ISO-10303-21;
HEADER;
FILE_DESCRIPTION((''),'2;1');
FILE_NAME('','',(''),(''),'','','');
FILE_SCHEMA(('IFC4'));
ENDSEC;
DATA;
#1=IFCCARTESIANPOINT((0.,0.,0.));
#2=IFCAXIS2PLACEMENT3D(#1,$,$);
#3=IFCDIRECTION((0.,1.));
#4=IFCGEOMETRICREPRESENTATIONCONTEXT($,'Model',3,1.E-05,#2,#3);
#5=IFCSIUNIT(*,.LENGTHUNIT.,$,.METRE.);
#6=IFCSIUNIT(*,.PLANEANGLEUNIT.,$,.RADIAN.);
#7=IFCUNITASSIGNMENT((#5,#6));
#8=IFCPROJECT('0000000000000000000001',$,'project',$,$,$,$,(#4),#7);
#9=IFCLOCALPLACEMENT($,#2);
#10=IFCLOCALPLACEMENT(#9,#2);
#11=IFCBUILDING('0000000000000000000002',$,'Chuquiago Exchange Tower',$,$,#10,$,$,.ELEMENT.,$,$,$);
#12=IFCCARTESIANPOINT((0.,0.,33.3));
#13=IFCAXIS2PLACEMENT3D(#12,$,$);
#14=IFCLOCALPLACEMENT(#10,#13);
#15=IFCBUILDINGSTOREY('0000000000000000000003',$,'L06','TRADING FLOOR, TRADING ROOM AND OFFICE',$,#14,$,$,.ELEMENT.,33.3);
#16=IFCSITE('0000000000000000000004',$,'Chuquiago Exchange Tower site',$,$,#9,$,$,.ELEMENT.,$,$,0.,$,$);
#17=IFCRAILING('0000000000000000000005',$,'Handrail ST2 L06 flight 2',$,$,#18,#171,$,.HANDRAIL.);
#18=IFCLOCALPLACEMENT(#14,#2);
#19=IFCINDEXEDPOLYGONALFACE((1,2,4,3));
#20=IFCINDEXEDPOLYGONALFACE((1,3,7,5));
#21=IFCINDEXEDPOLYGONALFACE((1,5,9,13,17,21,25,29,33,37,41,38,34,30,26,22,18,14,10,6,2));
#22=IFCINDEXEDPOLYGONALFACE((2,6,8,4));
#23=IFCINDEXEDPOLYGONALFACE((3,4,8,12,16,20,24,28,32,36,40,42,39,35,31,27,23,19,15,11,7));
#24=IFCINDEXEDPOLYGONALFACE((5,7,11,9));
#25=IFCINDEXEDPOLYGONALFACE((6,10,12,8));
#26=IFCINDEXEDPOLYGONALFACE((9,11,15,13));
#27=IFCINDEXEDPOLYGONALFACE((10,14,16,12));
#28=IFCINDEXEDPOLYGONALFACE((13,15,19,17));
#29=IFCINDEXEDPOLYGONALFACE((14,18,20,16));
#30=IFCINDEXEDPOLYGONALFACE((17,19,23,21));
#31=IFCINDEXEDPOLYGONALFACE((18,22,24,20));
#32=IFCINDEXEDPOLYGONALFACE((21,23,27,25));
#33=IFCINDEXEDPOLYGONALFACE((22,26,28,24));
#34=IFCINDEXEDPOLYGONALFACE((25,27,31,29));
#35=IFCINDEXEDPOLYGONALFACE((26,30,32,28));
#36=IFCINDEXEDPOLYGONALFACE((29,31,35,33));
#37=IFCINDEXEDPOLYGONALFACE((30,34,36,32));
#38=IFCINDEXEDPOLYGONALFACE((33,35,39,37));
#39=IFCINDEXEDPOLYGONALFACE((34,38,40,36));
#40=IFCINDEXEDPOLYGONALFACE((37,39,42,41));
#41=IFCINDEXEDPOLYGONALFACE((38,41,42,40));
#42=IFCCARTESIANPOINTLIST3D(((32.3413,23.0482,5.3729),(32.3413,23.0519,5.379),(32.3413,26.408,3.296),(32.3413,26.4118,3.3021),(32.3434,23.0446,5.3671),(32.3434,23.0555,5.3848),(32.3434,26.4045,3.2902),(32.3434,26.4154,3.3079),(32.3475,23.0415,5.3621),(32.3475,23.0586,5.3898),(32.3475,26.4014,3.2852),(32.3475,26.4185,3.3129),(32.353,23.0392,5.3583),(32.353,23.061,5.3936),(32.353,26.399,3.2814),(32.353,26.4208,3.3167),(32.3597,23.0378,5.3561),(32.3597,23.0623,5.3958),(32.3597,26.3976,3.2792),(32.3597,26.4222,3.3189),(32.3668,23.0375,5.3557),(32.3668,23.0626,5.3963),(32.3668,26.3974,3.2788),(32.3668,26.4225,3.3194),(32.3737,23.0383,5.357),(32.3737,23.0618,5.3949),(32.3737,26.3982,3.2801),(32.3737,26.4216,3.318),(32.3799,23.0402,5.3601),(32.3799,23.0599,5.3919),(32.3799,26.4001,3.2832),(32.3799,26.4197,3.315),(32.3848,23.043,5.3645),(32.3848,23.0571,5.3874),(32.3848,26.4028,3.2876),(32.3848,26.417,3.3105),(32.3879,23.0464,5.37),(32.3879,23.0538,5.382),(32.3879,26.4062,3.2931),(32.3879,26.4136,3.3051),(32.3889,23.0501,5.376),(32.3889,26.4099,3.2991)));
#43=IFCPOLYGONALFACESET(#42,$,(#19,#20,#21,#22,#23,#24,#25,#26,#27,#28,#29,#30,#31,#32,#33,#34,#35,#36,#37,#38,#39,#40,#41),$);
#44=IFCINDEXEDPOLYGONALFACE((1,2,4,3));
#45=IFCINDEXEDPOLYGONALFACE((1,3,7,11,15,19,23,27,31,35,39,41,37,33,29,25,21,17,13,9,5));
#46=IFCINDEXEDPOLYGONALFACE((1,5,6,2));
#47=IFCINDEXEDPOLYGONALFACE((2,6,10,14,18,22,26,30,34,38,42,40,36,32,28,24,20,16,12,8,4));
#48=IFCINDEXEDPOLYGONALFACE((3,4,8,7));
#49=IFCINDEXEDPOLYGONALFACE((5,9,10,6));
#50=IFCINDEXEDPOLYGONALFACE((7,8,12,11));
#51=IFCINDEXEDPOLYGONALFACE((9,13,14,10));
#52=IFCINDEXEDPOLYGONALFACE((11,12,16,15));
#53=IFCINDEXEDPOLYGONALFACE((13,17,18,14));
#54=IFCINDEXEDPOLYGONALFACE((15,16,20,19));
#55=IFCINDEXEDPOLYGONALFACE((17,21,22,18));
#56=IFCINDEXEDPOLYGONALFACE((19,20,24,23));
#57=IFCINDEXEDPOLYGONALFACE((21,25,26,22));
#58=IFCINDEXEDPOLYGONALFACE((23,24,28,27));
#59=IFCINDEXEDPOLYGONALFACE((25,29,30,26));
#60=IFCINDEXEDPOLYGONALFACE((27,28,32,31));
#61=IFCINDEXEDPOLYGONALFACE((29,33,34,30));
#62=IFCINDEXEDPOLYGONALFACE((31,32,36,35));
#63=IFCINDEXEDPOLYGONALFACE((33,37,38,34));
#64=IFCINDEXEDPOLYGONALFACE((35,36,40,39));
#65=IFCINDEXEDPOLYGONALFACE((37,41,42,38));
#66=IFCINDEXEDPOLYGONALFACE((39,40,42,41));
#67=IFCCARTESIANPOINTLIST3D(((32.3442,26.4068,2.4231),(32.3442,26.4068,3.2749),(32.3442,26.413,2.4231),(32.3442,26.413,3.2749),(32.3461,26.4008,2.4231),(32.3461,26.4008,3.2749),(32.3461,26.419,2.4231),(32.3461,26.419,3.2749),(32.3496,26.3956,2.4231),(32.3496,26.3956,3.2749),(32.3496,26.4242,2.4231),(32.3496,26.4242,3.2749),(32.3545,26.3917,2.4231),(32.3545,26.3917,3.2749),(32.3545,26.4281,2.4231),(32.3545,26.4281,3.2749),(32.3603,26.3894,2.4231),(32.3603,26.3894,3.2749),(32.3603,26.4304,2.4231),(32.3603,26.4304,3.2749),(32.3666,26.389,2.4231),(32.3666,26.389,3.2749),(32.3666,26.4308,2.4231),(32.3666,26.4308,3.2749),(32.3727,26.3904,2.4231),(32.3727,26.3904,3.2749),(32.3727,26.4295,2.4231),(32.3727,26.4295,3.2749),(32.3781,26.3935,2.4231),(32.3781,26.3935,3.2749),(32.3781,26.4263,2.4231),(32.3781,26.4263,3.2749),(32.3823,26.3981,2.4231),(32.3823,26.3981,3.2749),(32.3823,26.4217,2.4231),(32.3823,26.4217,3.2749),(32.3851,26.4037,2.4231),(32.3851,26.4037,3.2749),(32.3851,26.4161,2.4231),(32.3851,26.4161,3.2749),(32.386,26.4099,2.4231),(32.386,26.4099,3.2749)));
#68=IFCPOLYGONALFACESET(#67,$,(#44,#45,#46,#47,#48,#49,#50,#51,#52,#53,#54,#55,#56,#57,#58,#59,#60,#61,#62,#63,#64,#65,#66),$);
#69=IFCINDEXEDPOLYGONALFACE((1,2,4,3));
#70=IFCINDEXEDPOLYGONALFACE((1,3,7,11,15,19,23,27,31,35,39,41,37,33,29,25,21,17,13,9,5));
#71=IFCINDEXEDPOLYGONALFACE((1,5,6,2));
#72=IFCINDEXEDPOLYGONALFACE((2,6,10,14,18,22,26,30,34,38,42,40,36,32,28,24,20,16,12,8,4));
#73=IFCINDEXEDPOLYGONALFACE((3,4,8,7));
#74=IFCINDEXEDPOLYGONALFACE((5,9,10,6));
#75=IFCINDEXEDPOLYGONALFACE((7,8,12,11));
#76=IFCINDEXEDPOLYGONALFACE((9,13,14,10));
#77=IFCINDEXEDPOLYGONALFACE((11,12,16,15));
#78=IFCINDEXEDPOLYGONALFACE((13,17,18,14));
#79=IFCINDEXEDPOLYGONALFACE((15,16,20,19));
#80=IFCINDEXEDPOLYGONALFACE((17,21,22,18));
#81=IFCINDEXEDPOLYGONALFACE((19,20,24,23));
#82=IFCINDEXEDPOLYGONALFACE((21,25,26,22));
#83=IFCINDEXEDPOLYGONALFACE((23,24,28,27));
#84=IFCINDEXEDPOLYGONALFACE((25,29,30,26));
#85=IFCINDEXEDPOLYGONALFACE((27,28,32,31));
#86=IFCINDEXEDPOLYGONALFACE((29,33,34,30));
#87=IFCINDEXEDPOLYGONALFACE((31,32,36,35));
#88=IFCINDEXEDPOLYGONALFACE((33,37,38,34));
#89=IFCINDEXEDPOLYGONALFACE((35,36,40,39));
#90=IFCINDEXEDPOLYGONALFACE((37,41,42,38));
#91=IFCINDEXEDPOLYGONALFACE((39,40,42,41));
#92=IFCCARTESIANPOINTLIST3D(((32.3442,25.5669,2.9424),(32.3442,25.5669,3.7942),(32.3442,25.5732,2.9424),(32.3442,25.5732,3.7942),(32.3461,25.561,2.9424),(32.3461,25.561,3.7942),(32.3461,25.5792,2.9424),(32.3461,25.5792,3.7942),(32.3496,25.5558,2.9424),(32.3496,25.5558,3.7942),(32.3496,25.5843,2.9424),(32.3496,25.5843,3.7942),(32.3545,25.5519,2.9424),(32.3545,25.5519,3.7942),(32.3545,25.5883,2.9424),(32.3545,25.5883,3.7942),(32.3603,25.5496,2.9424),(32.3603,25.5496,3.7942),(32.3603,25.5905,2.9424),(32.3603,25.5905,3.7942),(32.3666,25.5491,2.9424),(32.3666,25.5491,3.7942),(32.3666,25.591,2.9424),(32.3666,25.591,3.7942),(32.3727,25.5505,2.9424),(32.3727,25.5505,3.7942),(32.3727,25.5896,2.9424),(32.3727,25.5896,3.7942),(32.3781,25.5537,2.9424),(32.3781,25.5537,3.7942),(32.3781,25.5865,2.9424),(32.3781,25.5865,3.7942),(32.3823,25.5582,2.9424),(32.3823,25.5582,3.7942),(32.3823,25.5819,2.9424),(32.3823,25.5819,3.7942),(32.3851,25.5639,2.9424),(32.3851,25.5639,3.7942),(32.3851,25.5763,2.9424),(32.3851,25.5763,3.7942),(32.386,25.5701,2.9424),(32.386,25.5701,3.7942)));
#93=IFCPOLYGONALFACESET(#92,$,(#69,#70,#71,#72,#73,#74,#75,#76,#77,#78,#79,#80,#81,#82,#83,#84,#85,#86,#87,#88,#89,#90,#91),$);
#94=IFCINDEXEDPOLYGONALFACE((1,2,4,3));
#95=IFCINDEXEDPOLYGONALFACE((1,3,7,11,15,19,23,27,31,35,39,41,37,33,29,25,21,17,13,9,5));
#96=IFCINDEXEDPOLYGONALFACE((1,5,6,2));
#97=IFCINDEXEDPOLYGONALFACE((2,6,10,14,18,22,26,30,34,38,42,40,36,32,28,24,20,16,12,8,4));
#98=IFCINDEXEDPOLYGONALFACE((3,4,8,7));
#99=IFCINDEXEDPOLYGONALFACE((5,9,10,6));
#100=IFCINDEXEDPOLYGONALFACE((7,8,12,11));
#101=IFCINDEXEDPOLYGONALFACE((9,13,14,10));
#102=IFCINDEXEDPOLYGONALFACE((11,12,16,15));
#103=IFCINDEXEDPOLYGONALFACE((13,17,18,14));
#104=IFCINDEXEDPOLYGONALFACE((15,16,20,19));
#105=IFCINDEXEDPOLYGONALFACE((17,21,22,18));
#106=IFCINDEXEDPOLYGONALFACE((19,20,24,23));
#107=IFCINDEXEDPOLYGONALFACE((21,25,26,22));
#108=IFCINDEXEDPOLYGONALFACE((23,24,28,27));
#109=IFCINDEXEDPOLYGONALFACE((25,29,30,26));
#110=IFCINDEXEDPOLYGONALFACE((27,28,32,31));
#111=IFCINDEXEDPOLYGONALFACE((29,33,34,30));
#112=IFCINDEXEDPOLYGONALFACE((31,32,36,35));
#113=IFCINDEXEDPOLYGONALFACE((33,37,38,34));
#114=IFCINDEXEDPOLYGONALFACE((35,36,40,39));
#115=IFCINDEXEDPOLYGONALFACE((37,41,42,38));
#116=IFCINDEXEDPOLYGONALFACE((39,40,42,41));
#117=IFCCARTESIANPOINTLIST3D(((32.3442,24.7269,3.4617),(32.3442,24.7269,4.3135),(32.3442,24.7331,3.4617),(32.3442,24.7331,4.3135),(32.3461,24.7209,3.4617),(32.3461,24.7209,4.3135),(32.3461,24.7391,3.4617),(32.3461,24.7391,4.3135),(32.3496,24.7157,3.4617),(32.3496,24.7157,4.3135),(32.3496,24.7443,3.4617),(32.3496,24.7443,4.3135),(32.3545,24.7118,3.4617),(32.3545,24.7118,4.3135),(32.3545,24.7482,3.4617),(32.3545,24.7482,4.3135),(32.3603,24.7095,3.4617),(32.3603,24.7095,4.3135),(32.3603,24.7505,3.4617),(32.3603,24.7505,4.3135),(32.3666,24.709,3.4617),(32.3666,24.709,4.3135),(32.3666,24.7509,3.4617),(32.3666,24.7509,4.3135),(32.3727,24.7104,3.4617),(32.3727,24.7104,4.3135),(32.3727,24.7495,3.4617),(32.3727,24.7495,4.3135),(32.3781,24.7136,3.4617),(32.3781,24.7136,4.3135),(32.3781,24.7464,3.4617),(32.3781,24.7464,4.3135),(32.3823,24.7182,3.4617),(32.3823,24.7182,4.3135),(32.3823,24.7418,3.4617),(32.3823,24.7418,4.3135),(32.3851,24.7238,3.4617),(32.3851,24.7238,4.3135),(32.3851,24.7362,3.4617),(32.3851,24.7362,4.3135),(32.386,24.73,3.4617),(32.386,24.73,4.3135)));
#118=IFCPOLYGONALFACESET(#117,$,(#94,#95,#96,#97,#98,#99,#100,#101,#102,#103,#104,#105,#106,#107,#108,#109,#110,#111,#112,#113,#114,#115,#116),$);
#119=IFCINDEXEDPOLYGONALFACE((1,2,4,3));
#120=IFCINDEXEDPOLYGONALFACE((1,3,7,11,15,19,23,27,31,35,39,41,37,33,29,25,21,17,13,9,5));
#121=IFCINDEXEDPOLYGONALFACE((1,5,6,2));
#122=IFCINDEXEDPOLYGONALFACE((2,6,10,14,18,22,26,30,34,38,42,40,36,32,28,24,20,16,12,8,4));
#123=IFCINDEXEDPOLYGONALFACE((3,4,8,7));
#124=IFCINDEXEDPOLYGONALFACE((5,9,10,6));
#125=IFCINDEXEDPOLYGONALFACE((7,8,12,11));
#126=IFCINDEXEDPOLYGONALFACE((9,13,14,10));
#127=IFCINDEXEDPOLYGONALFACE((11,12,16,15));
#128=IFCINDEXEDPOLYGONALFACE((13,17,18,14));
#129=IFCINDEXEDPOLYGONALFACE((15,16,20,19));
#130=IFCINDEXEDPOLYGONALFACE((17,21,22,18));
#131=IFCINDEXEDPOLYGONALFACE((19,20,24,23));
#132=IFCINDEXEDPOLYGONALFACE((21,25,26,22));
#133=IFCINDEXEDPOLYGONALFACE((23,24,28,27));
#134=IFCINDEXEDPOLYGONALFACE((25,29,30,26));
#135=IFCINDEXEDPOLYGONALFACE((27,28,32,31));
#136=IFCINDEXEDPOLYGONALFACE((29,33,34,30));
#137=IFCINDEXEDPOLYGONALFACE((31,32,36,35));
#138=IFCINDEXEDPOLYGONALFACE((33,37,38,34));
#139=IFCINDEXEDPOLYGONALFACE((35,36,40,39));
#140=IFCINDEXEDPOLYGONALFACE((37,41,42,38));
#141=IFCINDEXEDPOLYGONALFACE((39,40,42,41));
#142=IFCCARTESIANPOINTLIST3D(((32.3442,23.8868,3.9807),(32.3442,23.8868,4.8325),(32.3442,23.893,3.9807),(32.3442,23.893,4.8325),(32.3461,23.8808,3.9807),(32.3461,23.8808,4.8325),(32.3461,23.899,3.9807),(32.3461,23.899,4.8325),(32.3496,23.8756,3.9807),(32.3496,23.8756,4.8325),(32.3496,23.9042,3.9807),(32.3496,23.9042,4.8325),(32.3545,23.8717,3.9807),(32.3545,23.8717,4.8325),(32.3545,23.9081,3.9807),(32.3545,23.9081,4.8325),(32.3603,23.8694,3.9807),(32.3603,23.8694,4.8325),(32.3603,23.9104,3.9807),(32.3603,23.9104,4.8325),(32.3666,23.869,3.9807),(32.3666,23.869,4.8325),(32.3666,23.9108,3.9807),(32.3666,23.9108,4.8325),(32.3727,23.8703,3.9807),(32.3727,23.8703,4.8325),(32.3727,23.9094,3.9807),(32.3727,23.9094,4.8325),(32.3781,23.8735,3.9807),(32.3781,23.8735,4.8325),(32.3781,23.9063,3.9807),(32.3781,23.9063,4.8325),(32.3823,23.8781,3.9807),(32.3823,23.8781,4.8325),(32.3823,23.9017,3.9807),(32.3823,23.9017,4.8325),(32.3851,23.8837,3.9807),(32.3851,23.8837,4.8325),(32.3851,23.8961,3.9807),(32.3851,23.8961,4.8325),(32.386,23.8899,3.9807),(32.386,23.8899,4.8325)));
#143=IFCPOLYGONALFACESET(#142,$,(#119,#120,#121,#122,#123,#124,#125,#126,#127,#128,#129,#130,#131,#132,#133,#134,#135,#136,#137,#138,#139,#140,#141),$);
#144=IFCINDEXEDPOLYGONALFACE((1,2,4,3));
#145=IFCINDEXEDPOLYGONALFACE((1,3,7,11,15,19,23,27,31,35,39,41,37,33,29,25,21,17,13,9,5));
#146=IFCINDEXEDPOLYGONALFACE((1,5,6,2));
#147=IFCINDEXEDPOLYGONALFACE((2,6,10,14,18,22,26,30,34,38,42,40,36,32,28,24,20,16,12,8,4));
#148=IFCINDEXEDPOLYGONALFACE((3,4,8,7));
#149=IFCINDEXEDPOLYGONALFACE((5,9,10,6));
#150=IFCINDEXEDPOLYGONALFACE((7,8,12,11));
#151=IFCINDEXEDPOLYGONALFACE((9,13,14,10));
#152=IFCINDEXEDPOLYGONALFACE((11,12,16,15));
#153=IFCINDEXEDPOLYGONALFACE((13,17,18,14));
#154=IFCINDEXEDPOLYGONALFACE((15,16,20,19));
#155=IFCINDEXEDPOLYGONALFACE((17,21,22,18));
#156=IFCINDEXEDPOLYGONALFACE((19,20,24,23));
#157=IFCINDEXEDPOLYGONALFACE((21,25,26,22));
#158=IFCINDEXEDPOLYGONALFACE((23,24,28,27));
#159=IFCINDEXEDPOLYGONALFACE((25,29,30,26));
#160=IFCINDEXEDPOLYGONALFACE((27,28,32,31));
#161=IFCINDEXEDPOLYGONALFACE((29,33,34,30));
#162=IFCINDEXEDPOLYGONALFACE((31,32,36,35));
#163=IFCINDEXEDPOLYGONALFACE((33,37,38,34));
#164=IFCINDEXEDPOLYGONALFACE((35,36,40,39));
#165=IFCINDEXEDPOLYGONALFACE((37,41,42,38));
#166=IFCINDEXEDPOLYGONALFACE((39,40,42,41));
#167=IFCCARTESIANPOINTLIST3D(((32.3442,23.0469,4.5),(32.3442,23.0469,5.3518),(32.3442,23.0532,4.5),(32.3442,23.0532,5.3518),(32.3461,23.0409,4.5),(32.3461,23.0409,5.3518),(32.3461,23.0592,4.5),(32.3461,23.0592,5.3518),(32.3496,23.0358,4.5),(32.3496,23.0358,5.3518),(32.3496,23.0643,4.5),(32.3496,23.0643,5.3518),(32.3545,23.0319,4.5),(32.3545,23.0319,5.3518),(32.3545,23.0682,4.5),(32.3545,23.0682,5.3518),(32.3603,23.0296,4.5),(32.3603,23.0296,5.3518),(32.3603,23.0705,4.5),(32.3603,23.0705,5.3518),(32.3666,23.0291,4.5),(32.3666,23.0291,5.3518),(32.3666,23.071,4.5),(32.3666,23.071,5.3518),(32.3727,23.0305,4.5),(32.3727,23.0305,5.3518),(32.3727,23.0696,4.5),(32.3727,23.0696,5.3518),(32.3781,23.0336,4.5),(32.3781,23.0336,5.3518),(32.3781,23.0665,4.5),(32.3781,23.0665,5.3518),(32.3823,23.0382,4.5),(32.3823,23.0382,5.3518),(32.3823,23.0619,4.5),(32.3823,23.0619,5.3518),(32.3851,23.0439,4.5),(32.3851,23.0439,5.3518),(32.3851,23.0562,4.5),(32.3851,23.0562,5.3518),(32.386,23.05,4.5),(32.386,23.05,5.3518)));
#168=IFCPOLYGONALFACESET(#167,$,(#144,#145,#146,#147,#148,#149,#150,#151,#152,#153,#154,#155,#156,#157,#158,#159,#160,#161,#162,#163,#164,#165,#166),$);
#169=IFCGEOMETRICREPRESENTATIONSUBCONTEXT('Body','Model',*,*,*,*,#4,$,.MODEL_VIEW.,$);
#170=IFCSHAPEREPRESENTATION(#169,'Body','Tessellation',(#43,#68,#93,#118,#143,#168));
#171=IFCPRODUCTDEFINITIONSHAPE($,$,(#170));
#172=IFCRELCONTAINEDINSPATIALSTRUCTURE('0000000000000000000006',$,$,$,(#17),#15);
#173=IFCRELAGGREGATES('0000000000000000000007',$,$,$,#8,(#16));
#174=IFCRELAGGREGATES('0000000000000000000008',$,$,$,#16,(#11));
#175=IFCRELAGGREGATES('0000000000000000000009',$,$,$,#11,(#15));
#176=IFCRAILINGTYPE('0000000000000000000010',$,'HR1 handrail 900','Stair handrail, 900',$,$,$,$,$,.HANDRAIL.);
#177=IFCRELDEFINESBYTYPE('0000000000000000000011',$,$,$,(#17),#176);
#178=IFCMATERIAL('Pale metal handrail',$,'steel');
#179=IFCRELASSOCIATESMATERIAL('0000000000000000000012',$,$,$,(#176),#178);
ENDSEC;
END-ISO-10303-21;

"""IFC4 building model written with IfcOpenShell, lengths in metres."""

from ifc_helpers import new_model, si_unit, direction, frame, origin, origin_2d, place, context, subcontext, project, spatial, circle, extrude, material, type_object, element, save


model = new_model("IFC4")

# Units and contexts
model_context = context("Model", 3, precision=1e-05, world=origin(), true_north=direction((0.0, 1.0)))
body_context = subcontext(model_context, "Body", "Model", "MODEL_VIEW")
ifc_project = project(units=[si_unit("LENGTHUNIT", "METRE"), si_unit("PLANEANGLEUNIT", "RADIAN")], contexts=[model_context])

# Site, building, storey
site_placement = place(None, origin())
site = spatial("IfcSite", under=ifc_project, at=site_placement, Name="Chuquiago Exchange Tower site", CompositionType="ELEMENT", RefElevation=0.0)
building_placement = place(site_placement, origin())
building = spatial("IfcBuilding", under=site, at=building_placement, Name="Chuquiago Exchange Tower", CompositionType="ELEMENT")
storey_placement = place(building_placement, frame((0.0, 0.0, 33.3)))
storey = spatial("IfcBuildingStorey", under=building, at=storey_placement, Name="L06", Description="TRADING FLOOR, TRADING ROOM AND OFFICE", CompositionType="ELEMENT", Elevation=33.3)

# Railing
ifc_material_1 = material(Name="Pale metal handrail", Category="steel")
railing_type_1 = type_object("IfcRailingType", Name="HR1 handrail 900", Description="Stair handrail, 900", PredefinedType="HANDRAIL", material=ifc_material_1)
for number, where, name in (
    (1, (32.365, 26.4099, 2.4231), "Handrail ST2 L06 flight 2"),
):
    element("IfcRailing", number, at=place(storey_placement, frame(where)), inside=storey, type_object=railing_type_1, Name=name, PredefinedType="HANDRAIL", context=body_context, shape_type="SweptSolid", body=[
        extrude(circle(Radius=0.0239, at=origin_2d()), frame((0.0, 0.0, 0.876), z_axis=(0.0, -0.850606, 0.525803), x_axis=(1.0, 0.0, 0.0)), (0.0, 0.0, 1.0), 3.95),
        extrude(circle(Radius=0.021, at=origin_2d()), origin(), (0.0, 0.0, 1.0), 0.8518),
        extrude(circle(Radius=0.021, at=origin_2d()), frame((0.0, -0.8398, 0.5193)), (0.0, 0.0, 1.0), 0.8518),
        extrude(circle(Radius=0.021, at=origin_2d()), frame((0.0, -1.6799, 1.0386)), (0.0, 0.0, 1.0), 0.8518),
        extrude(circle(Radius=0.021, at=origin_2d()), frame((0.0, -2.52, 1.5576)), (0.0, 0.0, 1.0), 0.8518),
        extrude(circle(Radius=0.021, at=origin_2d()), frame((0.0, -3.3599, 2.0769)), (0.0, 0.0, 1.0), 0.8518),
    ])

save(model, "model.ifc")
